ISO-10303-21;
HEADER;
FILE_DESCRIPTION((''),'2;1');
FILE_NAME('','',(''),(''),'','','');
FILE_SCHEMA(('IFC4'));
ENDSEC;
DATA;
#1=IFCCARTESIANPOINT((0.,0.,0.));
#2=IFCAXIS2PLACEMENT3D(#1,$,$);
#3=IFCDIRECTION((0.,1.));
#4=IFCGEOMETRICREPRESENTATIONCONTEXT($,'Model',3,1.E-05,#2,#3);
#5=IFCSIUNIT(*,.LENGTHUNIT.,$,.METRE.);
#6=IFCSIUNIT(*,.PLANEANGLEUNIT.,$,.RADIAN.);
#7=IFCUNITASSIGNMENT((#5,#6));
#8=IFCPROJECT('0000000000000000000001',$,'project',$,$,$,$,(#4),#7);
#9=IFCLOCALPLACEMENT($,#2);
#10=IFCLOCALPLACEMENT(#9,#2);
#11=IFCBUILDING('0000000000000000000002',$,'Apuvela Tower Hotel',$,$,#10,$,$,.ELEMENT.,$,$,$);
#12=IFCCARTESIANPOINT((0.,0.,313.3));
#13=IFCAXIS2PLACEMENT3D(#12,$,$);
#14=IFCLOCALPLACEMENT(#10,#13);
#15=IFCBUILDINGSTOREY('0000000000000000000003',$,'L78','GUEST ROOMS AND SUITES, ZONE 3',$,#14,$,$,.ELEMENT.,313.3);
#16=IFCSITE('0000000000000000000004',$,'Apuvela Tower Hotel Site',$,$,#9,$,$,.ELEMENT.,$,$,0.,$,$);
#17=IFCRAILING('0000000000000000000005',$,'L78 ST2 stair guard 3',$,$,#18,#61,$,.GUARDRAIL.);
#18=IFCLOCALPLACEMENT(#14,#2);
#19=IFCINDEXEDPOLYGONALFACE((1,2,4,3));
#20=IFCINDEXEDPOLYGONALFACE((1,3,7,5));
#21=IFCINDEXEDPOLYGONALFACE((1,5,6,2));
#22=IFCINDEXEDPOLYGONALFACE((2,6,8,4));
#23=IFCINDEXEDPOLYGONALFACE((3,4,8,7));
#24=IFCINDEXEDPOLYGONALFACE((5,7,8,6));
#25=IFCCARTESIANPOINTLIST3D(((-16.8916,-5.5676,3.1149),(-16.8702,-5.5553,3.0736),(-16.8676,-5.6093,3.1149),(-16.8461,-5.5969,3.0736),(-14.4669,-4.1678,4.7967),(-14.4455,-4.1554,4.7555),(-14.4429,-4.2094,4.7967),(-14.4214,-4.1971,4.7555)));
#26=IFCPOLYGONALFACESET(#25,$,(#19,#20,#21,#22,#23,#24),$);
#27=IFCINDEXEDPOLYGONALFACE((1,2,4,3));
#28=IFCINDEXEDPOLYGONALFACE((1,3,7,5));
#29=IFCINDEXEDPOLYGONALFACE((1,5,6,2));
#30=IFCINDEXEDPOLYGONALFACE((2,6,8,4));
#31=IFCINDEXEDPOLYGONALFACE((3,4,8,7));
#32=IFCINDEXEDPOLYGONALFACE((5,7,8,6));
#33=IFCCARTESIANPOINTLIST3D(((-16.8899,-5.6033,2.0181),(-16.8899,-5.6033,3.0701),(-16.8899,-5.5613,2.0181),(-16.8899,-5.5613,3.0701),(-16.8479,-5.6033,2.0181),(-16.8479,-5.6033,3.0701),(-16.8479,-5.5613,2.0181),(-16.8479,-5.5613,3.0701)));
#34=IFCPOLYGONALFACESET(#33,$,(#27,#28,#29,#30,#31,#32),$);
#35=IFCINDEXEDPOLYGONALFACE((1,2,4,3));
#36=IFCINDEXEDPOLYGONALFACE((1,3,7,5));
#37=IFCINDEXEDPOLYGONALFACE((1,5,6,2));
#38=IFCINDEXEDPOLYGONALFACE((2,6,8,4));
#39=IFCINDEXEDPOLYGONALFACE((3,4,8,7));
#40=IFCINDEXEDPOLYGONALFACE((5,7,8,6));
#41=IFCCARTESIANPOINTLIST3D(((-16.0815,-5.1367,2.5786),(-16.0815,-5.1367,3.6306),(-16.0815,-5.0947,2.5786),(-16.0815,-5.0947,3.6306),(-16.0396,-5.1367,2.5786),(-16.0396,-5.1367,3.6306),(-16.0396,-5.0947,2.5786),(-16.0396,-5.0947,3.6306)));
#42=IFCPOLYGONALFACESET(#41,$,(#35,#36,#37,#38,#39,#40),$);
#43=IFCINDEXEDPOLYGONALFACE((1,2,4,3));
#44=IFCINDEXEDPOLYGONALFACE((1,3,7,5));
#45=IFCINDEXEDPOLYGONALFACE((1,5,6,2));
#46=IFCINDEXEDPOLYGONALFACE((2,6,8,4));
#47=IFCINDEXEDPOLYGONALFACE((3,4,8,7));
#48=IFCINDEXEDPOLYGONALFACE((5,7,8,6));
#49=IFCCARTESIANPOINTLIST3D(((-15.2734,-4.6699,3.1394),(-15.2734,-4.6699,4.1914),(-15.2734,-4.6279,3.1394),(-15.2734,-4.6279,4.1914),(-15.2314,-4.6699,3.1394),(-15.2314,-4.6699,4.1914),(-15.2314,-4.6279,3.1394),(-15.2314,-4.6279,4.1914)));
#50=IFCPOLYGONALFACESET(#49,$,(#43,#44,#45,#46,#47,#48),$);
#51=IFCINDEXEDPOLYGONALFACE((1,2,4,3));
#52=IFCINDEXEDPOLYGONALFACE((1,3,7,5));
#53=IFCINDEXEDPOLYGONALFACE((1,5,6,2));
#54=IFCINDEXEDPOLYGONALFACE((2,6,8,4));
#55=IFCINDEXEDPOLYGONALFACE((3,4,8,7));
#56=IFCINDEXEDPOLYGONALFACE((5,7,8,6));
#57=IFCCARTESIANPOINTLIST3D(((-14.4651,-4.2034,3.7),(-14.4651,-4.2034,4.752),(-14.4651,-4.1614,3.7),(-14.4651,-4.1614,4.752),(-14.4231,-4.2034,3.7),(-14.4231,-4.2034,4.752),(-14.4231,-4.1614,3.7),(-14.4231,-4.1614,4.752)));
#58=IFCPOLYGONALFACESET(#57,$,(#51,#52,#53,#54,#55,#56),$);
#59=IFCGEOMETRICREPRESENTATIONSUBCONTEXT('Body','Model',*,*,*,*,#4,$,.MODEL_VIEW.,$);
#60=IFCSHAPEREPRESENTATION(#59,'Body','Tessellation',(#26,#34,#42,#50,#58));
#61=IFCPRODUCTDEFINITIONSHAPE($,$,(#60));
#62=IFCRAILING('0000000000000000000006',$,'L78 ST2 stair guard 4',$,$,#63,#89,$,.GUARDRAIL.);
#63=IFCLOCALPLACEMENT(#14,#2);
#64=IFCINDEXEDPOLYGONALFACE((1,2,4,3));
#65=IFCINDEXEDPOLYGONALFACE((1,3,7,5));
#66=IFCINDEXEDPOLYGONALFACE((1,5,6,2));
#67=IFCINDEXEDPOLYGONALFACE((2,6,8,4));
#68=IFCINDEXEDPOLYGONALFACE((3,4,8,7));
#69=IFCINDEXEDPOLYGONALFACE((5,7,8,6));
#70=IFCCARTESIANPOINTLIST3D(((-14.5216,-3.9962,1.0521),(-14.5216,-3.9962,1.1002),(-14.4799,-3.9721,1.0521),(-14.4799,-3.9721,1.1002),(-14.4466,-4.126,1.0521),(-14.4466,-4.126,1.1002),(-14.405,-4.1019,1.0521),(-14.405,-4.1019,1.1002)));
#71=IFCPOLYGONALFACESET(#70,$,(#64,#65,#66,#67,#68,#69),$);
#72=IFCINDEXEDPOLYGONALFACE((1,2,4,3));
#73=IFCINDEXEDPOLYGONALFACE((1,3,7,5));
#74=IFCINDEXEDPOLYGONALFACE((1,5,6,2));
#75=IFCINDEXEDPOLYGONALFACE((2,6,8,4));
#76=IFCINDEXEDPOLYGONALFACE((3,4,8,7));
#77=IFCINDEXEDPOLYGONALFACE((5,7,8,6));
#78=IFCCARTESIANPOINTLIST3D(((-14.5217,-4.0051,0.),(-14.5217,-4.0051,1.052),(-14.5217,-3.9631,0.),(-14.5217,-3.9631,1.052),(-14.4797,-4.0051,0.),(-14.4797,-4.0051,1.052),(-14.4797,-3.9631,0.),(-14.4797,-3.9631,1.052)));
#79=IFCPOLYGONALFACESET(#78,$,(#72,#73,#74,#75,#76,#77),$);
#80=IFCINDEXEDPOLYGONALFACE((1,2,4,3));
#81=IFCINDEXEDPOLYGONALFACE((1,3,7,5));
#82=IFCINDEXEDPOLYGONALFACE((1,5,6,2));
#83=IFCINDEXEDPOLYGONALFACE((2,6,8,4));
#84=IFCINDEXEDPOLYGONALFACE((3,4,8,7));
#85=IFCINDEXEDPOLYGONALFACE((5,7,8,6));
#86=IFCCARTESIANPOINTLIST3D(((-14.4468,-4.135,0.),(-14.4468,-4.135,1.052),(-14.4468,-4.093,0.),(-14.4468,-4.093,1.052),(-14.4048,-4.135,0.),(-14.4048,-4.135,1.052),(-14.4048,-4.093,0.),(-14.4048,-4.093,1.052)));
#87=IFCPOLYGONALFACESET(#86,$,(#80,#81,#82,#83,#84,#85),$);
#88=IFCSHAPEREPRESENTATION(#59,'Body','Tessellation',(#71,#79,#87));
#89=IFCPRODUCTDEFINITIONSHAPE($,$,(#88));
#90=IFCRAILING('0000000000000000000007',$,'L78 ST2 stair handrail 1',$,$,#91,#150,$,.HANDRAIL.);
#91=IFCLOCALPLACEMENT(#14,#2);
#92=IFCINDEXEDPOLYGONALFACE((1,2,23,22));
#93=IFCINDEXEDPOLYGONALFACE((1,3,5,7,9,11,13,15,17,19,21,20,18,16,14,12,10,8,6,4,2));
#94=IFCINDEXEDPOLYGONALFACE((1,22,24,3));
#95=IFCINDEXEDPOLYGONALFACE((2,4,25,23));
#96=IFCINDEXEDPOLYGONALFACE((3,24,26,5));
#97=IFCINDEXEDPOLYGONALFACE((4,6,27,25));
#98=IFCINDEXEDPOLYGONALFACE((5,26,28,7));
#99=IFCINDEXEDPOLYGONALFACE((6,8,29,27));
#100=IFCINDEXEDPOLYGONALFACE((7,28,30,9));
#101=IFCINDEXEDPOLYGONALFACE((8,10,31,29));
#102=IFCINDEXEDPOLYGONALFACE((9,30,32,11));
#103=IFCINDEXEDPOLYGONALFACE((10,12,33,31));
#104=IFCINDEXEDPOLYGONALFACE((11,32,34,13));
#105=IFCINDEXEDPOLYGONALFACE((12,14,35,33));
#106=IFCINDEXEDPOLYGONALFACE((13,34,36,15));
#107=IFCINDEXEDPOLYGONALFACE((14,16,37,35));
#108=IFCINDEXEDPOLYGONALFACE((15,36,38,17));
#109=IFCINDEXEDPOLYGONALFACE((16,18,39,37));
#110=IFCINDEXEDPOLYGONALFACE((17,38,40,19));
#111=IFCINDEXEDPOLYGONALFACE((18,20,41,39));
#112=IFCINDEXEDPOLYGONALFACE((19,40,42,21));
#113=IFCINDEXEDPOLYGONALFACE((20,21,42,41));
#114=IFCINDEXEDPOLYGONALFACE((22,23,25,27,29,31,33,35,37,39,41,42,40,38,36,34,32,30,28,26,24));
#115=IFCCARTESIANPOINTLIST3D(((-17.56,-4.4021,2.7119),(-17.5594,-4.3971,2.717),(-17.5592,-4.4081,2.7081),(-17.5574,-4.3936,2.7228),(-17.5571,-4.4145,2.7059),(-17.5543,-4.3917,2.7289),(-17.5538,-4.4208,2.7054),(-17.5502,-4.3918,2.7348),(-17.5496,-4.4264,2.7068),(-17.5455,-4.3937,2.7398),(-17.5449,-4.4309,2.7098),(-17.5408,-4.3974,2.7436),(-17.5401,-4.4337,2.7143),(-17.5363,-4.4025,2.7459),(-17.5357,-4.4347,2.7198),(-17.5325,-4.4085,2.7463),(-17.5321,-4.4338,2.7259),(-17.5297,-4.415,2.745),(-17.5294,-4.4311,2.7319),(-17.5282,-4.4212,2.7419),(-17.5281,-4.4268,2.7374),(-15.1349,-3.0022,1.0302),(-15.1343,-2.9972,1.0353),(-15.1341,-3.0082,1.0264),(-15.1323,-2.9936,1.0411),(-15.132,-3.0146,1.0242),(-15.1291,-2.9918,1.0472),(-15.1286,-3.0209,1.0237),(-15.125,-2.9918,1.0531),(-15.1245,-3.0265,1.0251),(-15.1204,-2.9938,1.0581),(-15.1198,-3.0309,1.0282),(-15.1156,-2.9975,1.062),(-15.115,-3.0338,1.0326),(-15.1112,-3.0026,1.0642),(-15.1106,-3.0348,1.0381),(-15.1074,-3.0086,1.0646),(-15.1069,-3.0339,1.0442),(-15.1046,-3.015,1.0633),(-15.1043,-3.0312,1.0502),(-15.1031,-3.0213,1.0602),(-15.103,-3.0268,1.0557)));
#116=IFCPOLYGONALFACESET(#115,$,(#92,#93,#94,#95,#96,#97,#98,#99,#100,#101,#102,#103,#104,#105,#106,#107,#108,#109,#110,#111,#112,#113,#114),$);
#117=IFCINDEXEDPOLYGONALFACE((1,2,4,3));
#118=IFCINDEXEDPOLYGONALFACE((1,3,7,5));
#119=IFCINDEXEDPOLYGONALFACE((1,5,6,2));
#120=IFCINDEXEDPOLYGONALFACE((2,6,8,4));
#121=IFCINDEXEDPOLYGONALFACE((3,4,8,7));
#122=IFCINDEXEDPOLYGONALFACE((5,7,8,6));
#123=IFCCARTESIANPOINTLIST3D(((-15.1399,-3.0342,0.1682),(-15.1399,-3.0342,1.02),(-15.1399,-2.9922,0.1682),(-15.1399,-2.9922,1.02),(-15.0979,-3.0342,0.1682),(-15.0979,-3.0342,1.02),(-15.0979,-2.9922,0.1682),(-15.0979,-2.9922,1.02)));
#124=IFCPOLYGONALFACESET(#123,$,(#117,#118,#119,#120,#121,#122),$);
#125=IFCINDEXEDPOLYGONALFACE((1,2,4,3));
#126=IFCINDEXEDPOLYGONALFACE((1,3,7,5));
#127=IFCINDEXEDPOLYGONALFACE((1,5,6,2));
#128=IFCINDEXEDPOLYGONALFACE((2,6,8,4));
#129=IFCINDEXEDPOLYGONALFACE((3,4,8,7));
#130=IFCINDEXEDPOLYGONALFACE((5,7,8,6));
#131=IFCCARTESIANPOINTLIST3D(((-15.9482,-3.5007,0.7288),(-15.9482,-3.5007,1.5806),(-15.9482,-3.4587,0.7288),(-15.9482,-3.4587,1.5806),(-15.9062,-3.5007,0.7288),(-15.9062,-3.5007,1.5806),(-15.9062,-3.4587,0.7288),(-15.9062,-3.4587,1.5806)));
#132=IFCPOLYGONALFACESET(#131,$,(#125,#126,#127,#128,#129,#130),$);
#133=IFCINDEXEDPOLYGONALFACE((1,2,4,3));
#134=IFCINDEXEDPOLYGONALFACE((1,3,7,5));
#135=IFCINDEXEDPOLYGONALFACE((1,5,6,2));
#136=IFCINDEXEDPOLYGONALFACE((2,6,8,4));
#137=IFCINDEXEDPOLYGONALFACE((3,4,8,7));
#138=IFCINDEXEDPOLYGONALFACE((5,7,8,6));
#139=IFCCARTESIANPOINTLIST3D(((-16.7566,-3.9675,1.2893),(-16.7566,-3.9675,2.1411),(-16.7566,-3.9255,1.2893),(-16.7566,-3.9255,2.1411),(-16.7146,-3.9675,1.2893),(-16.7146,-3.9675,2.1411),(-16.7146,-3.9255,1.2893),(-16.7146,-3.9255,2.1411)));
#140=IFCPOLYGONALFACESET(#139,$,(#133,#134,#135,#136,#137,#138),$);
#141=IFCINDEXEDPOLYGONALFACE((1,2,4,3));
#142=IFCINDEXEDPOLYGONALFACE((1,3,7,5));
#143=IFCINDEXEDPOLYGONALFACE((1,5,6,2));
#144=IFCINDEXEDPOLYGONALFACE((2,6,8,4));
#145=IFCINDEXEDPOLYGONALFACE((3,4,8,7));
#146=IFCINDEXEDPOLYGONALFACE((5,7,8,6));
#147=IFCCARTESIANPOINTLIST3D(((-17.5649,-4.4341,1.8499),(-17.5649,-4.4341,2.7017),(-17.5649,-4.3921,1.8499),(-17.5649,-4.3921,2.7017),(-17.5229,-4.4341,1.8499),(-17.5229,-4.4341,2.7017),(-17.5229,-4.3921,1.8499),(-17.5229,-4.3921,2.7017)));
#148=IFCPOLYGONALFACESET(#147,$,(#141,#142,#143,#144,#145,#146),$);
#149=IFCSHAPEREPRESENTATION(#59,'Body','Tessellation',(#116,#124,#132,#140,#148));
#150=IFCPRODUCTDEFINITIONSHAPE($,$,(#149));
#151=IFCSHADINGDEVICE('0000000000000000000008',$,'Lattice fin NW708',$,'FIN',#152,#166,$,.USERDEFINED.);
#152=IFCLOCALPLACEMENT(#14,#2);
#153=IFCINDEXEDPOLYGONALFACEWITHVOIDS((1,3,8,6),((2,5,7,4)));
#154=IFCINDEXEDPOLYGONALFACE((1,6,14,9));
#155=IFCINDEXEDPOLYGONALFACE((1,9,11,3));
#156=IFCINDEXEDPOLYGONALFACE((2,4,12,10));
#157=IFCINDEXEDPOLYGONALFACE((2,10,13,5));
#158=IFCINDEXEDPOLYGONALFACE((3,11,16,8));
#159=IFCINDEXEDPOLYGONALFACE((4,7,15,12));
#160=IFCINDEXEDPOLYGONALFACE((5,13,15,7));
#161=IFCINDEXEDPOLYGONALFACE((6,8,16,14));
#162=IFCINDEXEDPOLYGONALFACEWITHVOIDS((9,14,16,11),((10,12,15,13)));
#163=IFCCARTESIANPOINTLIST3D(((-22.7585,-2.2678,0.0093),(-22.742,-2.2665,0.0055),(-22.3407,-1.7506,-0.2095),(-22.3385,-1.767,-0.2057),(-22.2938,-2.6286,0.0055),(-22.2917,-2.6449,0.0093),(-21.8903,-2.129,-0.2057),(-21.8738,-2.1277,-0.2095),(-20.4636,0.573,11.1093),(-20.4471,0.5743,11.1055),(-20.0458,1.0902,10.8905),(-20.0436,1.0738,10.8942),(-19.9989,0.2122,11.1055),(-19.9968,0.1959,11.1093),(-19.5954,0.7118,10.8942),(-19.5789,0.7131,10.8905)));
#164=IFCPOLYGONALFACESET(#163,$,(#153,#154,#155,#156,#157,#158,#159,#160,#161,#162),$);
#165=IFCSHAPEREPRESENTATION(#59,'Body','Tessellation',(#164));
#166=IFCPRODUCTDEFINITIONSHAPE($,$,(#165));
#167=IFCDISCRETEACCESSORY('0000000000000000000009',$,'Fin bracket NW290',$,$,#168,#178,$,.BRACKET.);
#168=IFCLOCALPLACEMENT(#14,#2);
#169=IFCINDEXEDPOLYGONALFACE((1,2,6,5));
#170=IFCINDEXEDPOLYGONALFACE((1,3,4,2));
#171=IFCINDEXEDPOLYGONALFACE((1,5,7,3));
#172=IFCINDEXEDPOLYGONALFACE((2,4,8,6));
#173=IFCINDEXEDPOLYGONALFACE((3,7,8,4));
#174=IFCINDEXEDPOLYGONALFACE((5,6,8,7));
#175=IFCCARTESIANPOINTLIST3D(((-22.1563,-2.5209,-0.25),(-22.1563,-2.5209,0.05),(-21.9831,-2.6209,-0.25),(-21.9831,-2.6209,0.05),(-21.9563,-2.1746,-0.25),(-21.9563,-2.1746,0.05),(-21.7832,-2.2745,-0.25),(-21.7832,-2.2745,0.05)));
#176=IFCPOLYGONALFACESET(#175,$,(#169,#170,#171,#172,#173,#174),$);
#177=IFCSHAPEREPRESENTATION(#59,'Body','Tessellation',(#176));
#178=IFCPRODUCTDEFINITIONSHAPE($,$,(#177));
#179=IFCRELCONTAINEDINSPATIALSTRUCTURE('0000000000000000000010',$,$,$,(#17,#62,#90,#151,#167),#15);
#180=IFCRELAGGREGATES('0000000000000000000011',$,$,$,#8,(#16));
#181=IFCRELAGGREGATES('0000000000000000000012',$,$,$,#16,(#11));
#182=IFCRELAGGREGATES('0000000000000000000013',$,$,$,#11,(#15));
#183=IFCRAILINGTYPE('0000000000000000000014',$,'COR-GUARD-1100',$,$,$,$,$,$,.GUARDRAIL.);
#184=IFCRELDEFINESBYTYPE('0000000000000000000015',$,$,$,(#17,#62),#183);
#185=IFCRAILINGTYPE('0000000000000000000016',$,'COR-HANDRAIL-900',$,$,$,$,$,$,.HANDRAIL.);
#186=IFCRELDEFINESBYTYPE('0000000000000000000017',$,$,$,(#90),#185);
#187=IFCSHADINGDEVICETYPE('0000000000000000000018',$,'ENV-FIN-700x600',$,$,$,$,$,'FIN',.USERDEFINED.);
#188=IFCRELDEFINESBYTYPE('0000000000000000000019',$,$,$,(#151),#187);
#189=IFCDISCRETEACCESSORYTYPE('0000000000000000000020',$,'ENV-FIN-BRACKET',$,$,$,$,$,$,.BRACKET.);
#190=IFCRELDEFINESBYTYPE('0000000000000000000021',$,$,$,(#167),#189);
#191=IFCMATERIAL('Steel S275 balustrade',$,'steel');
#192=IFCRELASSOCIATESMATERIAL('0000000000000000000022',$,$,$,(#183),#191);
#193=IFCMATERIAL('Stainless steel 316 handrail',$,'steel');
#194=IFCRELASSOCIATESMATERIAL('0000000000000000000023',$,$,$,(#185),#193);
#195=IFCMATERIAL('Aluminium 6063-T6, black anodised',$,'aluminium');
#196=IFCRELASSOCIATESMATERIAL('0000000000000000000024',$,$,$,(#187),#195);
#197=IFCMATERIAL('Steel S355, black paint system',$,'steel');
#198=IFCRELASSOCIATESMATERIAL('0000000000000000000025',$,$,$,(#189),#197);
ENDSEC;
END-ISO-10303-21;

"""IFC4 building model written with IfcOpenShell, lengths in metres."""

from ifc_helpers import new_model, si_unit, direction, frame, origin, origin_2d, place, context, subcontext, project, spatial, rectangle, hollow_rectangle, circle, extrude, material, material_profile, profile_set, type_object, element, save


model = new_model("IFC4")

# Units and contexts
model_context = context("Model", 3, precision=1e-05, world=origin(), true_north=direction((0.0, 1.0)))
body_context = subcontext(model_context, "Body", "Model", "MODEL_VIEW")
ifc_project = project(units=[si_unit("LENGTHUNIT", "METRE"), si_unit("PLANEANGLEUNIT", "RADIAN")], contexts=[model_context])

# Site, building, storey
site_placement = place(None, origin())
site = spatial("IfcSite", under=ifc_project, at=site_placement, Name="Apuvela Tower Hotel Site", CompositionType="ELEMENT", RefElevation=0.0)
building_placement = place(site_placement, origin())
building = spatial("IfcBuilding", under=site, at=building_placement, Name="Apuvela Tower Hotel", CompositionType="ELEMENT")
storey_placement = place(building_placement, frame((0.0, 0.0, 313.3)))
storey = spatial("IfcBuildingStorey", under=building, at=storey_placement, Name="L78", Description="GUEST ROOMS AND SUITES, ZONE 3", CompositionType="ELEMENT", Elevation=313.3)

# Railings
ifc_material_1 = material(Name="Steel S275 balustrade", Category="steel")
railing_type_1 = type_object("IfcRailingType", Name="COR-GUARD-1100", PredefinedType="GUARDRAIL", material=ifc_material_1)
railing_1_placement = place(storey_placement, frame((-16.8689, -5.5823, 2.0181)))
element("IfcRailing", 1, at=railing_1_placement, inside=storey, type_object=railing_type_1, Name="L78 ST2 stair guard 3", PredefinedType="GUARDRAIL", context=body_context, shape_type="SweptSolid", body=[
    extrude(rectangle(XDim=0.0481, YDim=0.0481, at=origin_2d()), frame((0.0, 0.0, 1.0762), z_axis=(0.74239, 0.428601, 0.514934), x_axis=(-0.499984, 0.866035, 0.0)), (0.0, 0.0, 1.0), 3.2661),
    extrude(rectangle(XDim=0.042, YDim=0.042, at=origin_2d()), origin(), (0.0, 0.0, 1.0), 1.052),
    extrude(rectangle(XDim=0.042, YDim=0.042, at=origin_2d()), frame((0.8083, 0.4666, 0.5605)), (0.0, 0.0, 1.0), 1.052),
    extrude(rectangle(XDim=0.042, YDim=0.042, at=origin_2d()), frame((1.6165, 0.9333, 1.1213)), (0.0, 0.0, 1.0), 1.052),
    extrude(rectangle(XDim=0.042, YDim=0.042, at=origin_2d()), frame((2.4248, 1.3999, 1.6819)), (0.0, 0.0, 1.0), 1.052),
])
railing_2_placement = place(storey_placement, frame((-14.5007, -3.9841, 0.0)))
element("IfcRailing", 2, at=railing_2_placement, inside=storey, type_object=railing_type_1, Name="L78 ST2 stair guard 4", PredefinedType="GUARDRAIL", context=body_context, shape_type="SweptSolid", body=[
    extrude(rectangle(XDim=0.0481, YDim=0.0481, at=origin_2d()), frame((0.0, 0.0, 1.0762), z_axis=(0.499816, -0.866131, 0.0), x_axis=(0.866131, 0.499816, 0.0)), (0.0, 0.0, 1.0), 0.1499),
    extrude(rectangle(XDim=0.042, YDim=0.042, at=origin_2d()), origin(), (0.0, 0.0, 1.0), 1.052),
    extrude(rectangle(XDim=0.042, YDim=0.042, at=origin_2d()), frame((0.075, -0.1299, 0.0)), (0.0, 0.0, 1.0), 1.052),
])
ifc_material_2 = material(Name="Stainless steel 316 handrail", Category="steel")
railing_type_2 = type_object("IfcRailingType", Name="COR-HANDRAIL-900", PredefinedType="HANDRAIL", material=ifc_material_2)
railing_3_placement = place(storey_placement, frame((-15.1189, -3.0132, 0.1682)))
element("IfcRailing", 3, at=railing_3_placement, inside=storey, type_object=railing_type_2, Name="L78 ST2 stair handrail 1", PredefinedType="HANDRAIL", context=body_context, shape_type="SweptSolid", body=[
    extrude(circle(Radius=0.0239, at=origin_2d()), frame((0.0, 0.0, 0.876), z_axis=(-0.742453, -0.428594, 0.514851), x_axis=(0.499946, -0.866056, 0.0)), (0.0, 0.0, 1.0), 3.2664),
    extrude(rectangle(XDim=0.042, YDim=0.042, at=origin_2d()), origin(), (0.0, 0.0, 1.0), 0.8518),
    extrude(rectangle(XDim=0.042, YDim=0.042, at=origin_2d()), frame((-0.8083, -0.4666, 0.5605)), (0.0, 0.0, 1.0), 0.8518),
    extrude(rectangle(XDim=0.042, YDim=0.042, at=origin_2d()), frame((-1.6167, -0.9333, 1.1211)), (0.0, 0.0, 1.0), 0.8518),
    extrude(rectangle(XDim=0.042, YDim=0.042, at=origin_2d()), frame((-2.425, -1.3999, 1.6816)), (0.0, 0.0, 1.0), 0.8518),
])

# Shading device
ifc_material_3 = material(Name="Aluminium 6063-T6, black anodised", Category="aluminium")
ifc_material_profile_1 = material_profile(ifc_material_3, hollow_rectangle(XDim=0.6001, YDim=0.7, WallThickness=0.012, at=origin_2d()), Name="AL BOX 700x600x12")
ifc_profile_set_1 = profile_set([ifc_material_profile_1], Name="Aluminium 6063-T6, black anodised")
shading_device_type = type_object("IfcShadingDeviceType", Name="ENV-FIN-700x600", ElementType="FIN", PredefinedType="USERDEFINED", material=ifc_profile_set_1)
shading_device_placement = place(storey_placement, frame((-22.3162, -2.1978, -0.1001), z_axis=(0.196392, 0.243108, 0.94991), x_axis=(-0.777886, 0.628406, 0.0)))
element("IfcShadingDevice", 4, at=shading_device_placement, inside=storey, type_object=shading_device_type, Name="Lattice fin NW708", ObjectType="FIN", PredefinedType="USERDEFINED", context=body_context, shape_type="SweptSolid", body=[
    extrude(hollow_rectangle(XDim=0.6001, YDim=0.7, WallThickness=0.012, at=origin_2d()), origin(), (0.0, 0.0, 1.0), 11.6853),
])

# Discrete accessory
ifc_material_4 = material(Name="Steel S355, black paint system", Category="steel")
discrete_accessory_type = type_object("IfcDiscreteAccessoryType", Name="ENV-FIN-BRACKET", PredefinedType="BRACKET", material=ifc_material_4)
discrete_accessory_placement = place(storey_placement, frame((-21.9697, -2.3977, -0.25), z_axis=(0.0, 0.0, 1.0), x_axis=(-0.5, -0.866025, 0.0)))
element("IfcDiscreteAccessory", 5, at=discrete_accessory_placement, inside=storey, type_object=discrete_accessory_type, Name="Fin bracket NW290", PredefinedType="BRACKET", context=body_context, shape_type="SweptSolid", body=[
    extrude(rectangle(XDim=0.3999, YDim=0.2, at=origin_2d()), origin(), (0.0, 0.0, 1.0), 0.3),
])

save(model, "model.ifc")
